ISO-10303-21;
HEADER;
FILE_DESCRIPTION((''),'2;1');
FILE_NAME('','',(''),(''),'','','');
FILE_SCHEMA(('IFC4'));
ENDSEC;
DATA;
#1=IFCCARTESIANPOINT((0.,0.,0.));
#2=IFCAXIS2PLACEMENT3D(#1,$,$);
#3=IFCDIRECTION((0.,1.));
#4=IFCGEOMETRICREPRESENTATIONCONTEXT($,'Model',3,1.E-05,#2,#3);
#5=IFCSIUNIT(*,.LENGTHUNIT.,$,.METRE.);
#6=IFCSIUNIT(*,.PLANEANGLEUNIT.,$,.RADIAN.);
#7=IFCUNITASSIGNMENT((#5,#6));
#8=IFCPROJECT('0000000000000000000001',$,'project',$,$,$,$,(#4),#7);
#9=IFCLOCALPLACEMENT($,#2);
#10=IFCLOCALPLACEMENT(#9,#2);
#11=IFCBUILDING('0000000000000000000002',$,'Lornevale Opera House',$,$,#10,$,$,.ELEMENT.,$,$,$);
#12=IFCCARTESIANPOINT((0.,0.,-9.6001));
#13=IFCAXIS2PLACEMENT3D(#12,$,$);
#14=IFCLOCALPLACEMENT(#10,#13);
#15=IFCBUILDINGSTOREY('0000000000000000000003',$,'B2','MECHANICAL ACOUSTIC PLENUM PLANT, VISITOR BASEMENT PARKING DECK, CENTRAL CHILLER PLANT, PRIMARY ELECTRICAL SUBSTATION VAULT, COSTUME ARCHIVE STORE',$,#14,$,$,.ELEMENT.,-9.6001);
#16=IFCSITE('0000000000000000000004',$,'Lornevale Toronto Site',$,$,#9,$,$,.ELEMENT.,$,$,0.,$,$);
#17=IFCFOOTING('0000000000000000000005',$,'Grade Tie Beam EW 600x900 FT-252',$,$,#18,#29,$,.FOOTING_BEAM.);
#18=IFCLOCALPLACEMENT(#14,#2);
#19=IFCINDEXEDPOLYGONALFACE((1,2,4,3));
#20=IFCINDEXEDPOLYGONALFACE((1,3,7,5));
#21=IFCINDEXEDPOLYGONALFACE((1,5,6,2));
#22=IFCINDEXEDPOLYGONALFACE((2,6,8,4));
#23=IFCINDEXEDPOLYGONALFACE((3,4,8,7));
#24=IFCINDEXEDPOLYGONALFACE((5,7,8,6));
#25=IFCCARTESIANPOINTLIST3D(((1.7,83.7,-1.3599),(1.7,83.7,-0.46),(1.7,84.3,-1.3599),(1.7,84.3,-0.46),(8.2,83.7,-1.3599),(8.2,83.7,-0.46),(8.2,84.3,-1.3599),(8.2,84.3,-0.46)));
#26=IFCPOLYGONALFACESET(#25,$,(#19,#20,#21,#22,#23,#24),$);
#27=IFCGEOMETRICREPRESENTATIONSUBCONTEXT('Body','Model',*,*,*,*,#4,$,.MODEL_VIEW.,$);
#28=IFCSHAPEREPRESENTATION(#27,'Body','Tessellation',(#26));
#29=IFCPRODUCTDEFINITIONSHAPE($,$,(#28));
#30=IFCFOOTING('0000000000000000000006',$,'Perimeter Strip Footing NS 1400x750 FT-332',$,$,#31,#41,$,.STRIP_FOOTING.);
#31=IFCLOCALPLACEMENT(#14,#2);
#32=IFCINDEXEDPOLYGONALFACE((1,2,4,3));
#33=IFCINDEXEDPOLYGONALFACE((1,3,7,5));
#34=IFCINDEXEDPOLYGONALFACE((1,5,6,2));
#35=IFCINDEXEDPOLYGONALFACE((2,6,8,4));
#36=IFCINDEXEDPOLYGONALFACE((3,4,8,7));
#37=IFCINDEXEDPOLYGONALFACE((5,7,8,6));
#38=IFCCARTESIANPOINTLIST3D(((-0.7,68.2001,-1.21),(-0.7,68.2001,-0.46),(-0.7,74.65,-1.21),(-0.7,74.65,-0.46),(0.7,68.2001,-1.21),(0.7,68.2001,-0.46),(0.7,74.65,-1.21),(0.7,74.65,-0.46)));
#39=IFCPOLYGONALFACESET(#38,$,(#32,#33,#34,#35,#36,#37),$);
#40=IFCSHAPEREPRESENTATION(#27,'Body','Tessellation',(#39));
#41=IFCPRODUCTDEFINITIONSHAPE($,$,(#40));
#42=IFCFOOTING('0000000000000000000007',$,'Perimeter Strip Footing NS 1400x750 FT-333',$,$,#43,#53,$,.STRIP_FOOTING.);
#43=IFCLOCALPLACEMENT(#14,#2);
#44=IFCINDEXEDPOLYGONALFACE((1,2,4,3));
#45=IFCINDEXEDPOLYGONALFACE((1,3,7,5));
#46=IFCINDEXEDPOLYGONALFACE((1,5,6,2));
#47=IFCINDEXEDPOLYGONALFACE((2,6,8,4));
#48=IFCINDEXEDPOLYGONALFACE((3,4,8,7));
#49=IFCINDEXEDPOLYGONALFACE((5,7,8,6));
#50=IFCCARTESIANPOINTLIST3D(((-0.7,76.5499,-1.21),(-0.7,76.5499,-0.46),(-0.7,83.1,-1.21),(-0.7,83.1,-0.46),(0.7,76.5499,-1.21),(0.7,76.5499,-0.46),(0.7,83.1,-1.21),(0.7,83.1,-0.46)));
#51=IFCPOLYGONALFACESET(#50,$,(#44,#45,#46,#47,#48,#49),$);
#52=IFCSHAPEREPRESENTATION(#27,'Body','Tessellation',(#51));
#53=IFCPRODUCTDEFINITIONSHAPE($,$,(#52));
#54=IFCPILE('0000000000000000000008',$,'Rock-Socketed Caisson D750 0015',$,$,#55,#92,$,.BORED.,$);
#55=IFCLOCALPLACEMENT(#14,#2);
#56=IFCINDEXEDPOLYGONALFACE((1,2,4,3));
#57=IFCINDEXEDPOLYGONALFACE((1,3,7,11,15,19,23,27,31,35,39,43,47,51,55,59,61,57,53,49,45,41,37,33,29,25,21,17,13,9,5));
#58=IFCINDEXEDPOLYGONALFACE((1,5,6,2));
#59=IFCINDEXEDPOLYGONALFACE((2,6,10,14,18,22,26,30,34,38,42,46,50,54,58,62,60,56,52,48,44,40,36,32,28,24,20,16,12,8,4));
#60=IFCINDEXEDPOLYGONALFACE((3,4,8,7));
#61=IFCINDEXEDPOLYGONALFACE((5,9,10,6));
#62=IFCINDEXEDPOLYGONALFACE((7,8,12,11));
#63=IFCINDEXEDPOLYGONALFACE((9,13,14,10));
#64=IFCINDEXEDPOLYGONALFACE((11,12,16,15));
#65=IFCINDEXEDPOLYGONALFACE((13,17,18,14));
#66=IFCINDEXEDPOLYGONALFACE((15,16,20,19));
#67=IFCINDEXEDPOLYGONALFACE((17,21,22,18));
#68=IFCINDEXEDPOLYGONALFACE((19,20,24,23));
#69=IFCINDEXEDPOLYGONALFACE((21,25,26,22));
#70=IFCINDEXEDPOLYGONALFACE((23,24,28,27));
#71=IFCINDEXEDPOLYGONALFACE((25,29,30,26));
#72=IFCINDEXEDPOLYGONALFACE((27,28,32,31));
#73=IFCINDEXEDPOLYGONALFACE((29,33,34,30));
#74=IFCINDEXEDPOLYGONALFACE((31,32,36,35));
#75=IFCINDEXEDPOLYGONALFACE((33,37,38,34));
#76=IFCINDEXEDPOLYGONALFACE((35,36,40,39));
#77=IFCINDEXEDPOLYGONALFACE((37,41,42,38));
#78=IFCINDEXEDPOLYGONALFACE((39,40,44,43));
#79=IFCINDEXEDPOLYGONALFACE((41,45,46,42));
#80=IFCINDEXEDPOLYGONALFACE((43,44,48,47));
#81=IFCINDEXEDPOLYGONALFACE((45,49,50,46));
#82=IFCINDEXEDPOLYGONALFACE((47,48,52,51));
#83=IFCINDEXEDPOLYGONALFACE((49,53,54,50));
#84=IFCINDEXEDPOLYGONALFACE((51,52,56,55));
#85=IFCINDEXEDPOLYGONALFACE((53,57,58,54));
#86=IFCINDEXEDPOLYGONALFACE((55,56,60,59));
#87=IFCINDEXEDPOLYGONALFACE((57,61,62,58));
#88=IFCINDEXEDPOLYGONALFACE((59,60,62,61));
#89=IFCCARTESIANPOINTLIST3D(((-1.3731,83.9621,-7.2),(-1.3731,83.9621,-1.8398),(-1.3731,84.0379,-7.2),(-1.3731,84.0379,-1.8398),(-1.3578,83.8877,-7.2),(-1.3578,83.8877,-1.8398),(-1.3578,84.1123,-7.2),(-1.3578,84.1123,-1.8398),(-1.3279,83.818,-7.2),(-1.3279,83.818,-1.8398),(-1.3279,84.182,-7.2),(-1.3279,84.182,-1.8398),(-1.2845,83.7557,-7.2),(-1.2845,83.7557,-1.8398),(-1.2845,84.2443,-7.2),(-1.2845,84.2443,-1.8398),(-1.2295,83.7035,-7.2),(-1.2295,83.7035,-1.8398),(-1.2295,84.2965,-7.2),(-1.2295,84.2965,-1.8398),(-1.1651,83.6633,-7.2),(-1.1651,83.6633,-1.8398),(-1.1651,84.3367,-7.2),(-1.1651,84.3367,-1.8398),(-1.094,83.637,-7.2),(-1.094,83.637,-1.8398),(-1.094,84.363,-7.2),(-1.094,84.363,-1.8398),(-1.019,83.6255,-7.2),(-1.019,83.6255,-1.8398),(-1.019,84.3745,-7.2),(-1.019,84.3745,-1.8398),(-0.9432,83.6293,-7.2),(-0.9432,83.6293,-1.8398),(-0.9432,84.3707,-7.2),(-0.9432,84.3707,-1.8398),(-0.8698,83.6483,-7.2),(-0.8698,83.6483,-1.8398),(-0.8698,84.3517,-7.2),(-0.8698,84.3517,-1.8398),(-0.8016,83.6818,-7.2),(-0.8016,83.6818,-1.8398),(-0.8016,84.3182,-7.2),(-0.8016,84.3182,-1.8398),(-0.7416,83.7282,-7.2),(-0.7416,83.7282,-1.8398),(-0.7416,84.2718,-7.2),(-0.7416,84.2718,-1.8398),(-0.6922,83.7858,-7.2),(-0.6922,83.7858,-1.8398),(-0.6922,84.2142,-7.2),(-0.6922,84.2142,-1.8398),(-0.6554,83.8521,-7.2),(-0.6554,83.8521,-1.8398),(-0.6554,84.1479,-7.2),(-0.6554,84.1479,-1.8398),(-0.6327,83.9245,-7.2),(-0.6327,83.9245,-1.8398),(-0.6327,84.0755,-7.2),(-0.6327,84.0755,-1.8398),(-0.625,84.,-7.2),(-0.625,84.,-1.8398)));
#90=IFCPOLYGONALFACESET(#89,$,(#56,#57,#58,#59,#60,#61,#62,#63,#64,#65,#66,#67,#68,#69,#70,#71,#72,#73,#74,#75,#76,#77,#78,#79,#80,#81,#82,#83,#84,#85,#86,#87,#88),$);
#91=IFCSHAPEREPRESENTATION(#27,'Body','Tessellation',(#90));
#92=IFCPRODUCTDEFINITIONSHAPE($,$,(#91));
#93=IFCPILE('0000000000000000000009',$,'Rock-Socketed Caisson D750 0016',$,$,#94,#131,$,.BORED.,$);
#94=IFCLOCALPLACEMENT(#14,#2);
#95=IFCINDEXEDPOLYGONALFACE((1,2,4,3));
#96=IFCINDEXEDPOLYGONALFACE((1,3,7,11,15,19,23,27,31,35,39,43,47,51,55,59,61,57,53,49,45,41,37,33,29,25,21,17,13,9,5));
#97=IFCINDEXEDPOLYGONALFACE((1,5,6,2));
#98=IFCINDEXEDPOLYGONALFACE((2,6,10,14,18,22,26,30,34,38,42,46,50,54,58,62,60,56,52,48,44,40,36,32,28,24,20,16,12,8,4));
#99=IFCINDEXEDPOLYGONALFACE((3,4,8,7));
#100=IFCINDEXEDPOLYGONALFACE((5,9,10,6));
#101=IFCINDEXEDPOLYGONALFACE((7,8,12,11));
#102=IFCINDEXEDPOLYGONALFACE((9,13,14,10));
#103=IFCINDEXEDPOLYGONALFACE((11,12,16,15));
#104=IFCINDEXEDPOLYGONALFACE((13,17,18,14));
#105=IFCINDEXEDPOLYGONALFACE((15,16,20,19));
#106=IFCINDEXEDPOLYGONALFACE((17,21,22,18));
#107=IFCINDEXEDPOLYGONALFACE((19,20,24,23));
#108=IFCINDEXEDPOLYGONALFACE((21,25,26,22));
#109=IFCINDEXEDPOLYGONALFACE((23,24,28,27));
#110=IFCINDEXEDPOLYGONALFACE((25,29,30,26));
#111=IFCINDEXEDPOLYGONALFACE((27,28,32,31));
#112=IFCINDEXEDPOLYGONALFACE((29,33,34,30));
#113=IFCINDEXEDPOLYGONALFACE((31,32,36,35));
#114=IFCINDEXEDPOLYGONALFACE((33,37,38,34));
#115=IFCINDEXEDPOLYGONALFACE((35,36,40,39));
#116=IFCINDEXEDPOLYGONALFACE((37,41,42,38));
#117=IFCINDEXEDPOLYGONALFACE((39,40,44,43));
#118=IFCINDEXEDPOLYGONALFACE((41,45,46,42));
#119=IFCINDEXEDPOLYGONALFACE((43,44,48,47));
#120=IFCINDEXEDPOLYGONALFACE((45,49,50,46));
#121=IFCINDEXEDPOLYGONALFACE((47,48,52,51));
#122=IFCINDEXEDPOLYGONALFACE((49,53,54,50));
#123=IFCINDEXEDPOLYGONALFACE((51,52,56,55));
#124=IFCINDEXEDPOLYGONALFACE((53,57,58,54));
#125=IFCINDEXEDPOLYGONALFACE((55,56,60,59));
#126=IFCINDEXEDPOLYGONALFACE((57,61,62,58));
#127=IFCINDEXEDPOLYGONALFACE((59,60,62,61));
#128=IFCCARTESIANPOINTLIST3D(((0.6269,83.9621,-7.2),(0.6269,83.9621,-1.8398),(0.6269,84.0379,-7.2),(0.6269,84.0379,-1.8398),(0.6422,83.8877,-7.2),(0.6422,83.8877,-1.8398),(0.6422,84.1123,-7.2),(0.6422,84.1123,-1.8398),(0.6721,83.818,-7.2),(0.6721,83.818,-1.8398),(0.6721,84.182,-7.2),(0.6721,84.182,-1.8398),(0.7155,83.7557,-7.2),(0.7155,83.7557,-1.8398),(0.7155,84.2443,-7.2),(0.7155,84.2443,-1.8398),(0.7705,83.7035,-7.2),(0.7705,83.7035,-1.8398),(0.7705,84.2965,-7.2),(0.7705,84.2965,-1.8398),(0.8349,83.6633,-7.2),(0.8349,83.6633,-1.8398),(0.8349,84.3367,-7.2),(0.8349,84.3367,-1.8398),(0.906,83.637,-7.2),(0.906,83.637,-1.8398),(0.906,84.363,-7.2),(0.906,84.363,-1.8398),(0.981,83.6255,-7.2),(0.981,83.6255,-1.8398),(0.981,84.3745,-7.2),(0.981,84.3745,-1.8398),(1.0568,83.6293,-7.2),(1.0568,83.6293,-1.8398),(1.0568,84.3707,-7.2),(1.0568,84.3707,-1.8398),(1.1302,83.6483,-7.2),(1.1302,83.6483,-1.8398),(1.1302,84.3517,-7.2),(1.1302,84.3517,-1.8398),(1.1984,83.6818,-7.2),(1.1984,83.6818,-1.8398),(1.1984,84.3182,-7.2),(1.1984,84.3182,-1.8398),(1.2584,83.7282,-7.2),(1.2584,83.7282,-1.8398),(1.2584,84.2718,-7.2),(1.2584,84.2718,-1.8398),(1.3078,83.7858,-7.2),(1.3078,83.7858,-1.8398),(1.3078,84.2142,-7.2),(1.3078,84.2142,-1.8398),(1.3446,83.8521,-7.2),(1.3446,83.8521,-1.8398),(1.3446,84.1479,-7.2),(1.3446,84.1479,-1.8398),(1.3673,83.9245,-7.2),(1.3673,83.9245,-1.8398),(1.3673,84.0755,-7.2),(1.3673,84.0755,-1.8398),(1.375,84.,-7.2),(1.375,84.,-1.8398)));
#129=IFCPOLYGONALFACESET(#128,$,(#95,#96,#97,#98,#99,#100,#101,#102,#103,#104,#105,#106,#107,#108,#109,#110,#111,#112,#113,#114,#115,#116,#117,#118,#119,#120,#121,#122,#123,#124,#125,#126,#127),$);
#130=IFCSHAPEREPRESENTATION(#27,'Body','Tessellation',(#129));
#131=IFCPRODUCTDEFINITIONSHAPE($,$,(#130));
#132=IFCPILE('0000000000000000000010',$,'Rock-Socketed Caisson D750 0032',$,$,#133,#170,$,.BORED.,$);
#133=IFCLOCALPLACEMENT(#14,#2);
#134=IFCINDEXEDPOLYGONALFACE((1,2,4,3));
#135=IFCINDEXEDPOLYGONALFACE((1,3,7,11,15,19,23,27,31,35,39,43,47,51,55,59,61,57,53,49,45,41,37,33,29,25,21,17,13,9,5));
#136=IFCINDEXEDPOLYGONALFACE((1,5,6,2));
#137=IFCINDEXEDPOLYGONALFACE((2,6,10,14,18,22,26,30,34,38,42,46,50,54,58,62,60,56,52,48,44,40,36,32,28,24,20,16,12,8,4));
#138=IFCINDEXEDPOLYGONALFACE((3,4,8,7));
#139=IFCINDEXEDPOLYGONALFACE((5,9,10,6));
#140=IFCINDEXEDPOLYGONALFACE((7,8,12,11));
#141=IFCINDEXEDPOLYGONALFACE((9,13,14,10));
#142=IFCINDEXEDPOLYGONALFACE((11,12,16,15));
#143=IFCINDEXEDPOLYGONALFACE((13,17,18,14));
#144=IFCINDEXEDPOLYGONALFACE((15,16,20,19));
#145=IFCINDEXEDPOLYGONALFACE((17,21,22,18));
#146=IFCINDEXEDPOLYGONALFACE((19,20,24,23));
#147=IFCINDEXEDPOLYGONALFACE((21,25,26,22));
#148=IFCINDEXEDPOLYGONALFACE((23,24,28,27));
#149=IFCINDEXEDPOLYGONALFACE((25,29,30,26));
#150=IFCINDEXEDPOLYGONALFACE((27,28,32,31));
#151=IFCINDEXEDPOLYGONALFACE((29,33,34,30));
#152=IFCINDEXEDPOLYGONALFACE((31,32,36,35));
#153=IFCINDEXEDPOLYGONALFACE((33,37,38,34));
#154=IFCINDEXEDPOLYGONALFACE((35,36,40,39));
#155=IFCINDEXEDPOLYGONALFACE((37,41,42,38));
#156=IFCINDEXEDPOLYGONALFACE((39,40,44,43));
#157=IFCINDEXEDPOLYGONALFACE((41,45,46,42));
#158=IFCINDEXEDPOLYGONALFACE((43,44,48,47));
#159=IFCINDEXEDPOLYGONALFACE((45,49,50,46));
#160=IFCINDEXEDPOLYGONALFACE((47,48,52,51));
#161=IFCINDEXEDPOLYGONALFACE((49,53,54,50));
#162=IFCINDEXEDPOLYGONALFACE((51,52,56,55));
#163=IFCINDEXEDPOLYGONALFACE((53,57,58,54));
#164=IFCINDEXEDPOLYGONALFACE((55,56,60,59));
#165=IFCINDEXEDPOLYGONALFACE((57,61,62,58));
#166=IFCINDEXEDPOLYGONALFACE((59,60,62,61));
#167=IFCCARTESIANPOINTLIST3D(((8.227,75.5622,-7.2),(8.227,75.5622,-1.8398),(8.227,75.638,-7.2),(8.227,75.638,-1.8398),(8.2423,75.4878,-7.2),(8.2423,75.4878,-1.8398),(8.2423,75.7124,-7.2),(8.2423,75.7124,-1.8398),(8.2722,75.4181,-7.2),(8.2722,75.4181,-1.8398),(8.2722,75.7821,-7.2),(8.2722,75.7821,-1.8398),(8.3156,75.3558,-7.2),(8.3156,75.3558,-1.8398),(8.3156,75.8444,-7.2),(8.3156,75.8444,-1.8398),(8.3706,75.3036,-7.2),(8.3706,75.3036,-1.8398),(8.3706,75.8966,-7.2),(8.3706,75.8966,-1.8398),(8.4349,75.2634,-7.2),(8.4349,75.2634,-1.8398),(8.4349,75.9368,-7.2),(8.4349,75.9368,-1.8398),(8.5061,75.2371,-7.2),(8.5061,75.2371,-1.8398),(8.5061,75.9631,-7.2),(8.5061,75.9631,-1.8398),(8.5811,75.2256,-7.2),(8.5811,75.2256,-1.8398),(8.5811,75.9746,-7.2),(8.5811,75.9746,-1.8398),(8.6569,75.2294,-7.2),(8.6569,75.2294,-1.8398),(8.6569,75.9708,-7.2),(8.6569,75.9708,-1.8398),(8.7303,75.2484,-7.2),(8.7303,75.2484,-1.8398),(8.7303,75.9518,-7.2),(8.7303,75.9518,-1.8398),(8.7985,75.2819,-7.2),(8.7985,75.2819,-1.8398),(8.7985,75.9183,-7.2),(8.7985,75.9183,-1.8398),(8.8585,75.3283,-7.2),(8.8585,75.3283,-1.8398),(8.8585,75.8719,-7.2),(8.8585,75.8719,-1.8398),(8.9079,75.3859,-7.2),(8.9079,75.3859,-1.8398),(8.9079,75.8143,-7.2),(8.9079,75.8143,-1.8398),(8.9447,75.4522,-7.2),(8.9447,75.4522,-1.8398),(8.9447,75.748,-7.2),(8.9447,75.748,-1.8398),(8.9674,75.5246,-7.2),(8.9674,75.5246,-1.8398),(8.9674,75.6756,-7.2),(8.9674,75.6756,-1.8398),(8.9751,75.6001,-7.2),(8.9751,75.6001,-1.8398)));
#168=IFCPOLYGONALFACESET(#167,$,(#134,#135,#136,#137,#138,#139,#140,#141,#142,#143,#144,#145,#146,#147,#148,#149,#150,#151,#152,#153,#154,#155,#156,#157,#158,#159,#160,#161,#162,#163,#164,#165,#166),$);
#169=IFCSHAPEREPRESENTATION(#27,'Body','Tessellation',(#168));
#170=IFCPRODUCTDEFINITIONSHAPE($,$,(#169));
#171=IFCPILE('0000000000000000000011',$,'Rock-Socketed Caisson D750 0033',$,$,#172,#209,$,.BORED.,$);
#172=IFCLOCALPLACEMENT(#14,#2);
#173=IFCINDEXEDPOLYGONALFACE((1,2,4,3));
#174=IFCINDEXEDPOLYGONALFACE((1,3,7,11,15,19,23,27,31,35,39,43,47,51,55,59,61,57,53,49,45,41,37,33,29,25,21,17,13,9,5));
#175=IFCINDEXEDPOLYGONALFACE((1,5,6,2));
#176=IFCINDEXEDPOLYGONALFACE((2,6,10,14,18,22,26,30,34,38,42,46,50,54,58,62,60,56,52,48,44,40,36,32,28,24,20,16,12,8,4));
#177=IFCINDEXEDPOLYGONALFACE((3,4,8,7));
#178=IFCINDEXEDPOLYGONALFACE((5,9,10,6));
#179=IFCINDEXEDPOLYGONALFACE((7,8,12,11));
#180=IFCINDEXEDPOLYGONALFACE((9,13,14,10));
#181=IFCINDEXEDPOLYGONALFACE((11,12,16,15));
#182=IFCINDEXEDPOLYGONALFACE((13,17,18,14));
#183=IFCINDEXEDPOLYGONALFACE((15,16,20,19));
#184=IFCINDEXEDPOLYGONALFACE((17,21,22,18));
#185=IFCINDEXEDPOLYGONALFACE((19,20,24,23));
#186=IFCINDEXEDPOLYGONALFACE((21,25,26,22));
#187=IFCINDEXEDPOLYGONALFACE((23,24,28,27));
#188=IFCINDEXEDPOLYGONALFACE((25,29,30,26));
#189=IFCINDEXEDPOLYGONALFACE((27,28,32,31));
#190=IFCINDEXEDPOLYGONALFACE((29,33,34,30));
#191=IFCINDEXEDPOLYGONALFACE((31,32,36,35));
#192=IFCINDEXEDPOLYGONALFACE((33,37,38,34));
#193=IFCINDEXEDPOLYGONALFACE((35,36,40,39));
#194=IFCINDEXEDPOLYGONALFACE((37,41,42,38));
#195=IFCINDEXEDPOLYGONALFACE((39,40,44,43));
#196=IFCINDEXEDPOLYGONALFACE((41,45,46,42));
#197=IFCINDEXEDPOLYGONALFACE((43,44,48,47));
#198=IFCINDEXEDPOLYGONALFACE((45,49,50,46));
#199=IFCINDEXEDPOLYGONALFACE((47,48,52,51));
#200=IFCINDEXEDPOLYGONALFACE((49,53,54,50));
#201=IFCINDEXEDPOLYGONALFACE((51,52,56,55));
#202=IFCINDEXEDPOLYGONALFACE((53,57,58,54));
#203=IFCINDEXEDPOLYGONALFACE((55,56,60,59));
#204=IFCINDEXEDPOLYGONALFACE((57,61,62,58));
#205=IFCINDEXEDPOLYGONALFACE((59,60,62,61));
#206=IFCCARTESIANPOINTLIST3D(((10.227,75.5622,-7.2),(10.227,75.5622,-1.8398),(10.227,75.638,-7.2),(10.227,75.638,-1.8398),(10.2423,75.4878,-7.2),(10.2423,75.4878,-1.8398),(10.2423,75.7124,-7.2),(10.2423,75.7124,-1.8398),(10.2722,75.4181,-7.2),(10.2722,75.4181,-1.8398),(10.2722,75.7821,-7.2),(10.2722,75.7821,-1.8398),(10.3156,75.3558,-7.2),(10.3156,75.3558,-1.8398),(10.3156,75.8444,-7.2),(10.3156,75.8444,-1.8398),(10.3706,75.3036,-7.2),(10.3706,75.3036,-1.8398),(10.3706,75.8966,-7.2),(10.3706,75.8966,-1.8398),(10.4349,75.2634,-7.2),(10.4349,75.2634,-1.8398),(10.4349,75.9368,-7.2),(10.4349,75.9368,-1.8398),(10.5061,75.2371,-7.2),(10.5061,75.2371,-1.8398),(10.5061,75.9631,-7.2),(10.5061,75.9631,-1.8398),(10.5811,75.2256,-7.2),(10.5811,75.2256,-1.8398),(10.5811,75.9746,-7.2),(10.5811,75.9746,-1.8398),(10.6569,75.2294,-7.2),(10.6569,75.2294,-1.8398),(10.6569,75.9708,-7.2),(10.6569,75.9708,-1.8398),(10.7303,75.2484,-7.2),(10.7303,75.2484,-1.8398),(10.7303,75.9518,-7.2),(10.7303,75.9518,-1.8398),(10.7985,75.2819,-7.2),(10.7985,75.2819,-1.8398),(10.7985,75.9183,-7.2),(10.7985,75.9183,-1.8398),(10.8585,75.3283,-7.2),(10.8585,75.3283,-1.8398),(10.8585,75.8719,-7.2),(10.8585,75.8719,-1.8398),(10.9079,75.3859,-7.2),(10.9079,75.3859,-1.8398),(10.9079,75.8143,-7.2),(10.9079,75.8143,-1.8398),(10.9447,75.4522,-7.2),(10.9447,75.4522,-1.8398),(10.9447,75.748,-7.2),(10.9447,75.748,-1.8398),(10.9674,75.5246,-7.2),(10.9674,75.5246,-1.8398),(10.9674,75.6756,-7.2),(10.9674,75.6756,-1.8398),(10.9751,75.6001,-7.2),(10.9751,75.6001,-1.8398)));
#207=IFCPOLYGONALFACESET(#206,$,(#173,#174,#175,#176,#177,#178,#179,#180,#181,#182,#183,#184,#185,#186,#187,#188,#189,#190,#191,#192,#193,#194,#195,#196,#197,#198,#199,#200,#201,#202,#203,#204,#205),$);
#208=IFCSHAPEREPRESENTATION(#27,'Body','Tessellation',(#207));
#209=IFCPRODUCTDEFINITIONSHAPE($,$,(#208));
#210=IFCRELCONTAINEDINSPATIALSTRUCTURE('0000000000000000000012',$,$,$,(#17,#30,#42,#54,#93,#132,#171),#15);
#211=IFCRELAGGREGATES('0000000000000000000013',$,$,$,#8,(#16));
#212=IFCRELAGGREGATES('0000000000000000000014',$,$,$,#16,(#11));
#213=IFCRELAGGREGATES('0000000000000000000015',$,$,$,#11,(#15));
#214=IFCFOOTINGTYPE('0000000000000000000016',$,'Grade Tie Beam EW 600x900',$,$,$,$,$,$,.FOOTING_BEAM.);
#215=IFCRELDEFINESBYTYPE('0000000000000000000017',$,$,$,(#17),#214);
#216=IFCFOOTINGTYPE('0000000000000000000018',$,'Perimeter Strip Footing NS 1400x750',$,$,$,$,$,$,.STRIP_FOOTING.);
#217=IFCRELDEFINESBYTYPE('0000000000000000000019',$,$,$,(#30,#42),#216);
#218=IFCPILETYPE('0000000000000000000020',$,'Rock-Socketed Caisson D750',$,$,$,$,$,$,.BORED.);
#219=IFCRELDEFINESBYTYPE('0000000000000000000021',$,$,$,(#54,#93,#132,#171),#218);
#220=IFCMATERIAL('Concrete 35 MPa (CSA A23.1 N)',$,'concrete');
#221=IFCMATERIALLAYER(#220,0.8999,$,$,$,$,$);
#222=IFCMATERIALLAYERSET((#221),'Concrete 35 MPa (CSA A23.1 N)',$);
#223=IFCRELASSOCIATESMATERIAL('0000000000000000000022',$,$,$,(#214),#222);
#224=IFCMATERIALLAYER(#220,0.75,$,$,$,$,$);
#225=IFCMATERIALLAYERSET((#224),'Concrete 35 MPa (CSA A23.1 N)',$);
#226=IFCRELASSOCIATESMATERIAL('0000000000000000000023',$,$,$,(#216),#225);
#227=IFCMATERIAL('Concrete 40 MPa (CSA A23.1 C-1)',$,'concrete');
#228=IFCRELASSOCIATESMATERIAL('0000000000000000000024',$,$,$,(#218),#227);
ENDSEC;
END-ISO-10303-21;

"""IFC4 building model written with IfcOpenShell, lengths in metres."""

from ifc_helpers import new_model, si_unit, direction, frame, origin, origin_2d, place, context, subcontext, project, spatial, rectangle, circle, extrude, material, layer, layer_set, material_profile, profile_set, type_object, element, save


model = new_model("IFC4")

# Units and contexts
model_context = context("Model", 3, precision=1e-05, world=origin(), true_north=direction((0.0, 1.0)))
body_context = subcontext(model_context, "Body", "Model", "MODEL_VIEW")
ifc_project = project(units=[si_unit("LENGTHUNIT", "METRE"), si_unit("PLANEANGLEUNIT", "RADIAN")], contexts=[model_context])

# Site, building, storey
site_placement = place(None, origin())
site = spatial("IfcSite", under=ifc_project, at=site_placement, Name="Lornevale Toronto Site", CompositionType="ELEMENT", RefElevation=0.0)
building_placement = place(site_placement, origin())
building = spatial("IfcBuilding", under=site, at=building_placement, Name="Lornevale Opera House", CompositionType="ELEMENT")
storey_placement = place(building_placement, frame((0.0, 0.0, -9.6001)))
storey = spatial("IfcBuildingStorey", under=building, at=storey_placement, Name="B2", Description="MECHANICAL ACOUSTIC PLENUM PLANT, VISITOR BASEMENT PARKING DECK, CENTRAL CHILLER PLANT, PRIMARY ELECTRICAL SUBSTATION VAULT, COSTUME ARCHIVE STORE", CompositionType="ELEMENT", Elevation=-9.6001)

# Footings
ifc_material_1 = material(Name="Concrete 35 MPa (CSA A23.1 N)", Category="concrete")
ifc_layer_1 = layer(ifc_material_1, 0.8999)
ifc_layer_set_1 = layer_set([ifc_layer_1], Name="Concrete 35 MPa (CSA A23.1 N)")
footing_type_1 = type_object("IfcFootingType", Name="Grade Tie Beam EW 600x900", PredefinedType="FOOTING_BEAM", material=ifc_layer_set_1)
footing_1_placement = place(storey_placement, frame((4.95, 84.0, -1.3599), z_axis=(0.0, 0.0, 1.0), x_axis=(1.0, 0.0, 0.0)))
element("IfcFooting", 1, at=footing_1_placement, inside=storey, type_object=footing_type_1, Name="Grade Tie Beam EW 600x900 FT-252", PredefinedType="FOOTING_BEAM", context=body_context, shape_type="SweptSolid", body=[
    extrude(rectangle(XDim=6.5, YDim=0.6001, at=origin_2d()), origin(), (0.0, 0.0, 1.0), 0.8999),
])
ifc_layer_2 = layer(ifc_material_1, 0.75)
ifc_layer_set_2 = layer_set([ifc_layer_2], Name="Concrete 35 MPa (CSA A23.1 N)")
footing_type_2 = type_object("IfcFootingType", Name="Perimeter Strip Footing NS 1400x750", PredefinedType="STRIP_FOOTING", material=ifc_layer_set_2)
footing_2_placement = place(storey_placement, frame((0.0, 71.425, -1.21), z_axis=(0.0, 0.0, 1.0), x_axis=(1.0, 0.0, 0.0)))
element("IfcFooting", 2, at=footing_2_placement, inside=storey, type_object=footing_type_2, Name="Perimeter Strip Footing NS 1400x750 FT-332", PredefinedType="STRIP_FOOTING", context=body_context, shape_type="SweptSolid", body=[
    extrude(rectangle(XDim=1.3999, YDim=6.45, at=origin_2d()), origin(), (0.0, 0.0, 1.0), 0.75),
])
footing_3_placement = place(storey_placement, frame((0.0, 79.825, -1.21), z_axis=(0.0, 0.0, 1.0), x_axis=(1.0, 0.0, 0.0)))
element("IfcFooting", 3, at=footing_3_placement, inside=storey, type_object=footing_type_2, Name="Perimeter Strip Footing NS 1400x750 FT-333", PredefinedType="STRIP_FOOTING", context=body_context, shape_type="SweptSolid", body=[
    extrude(rectangle(XDim=1.3999, YDim=6.55, at=origin_2d()), origin(), (0.0, 0.0, 1.0), 0.75),
])

# Piles
ifc_material_2 = material(Name="Concrete 40 MPa (CSA A23.1 C-1)", Category="concrete")
ifc_material_profile_1 = material_profile(ifc_material_2, circle(Radius=0.375, at=origin_2d()), Name="CAIS750")
ifc_profile_set_1 = profile_set([ifc_material_profile_1], Name="Concrete 40 MPa (CSA A23.1 C-1)")
pile_type_1 = type_object("IfcPileType", Name="Rock-Socketed Caisson D750", PredefinedType="BORED", material=ifc_profile_set_1)
for number, where, z_axis, x_axis, name in (
    (4, (-1.0, 84.0, -1.8398), (0.0, 0.0, -1.0), (1.0, 0.0, 0.0), "Rock-Socketed Caisson D750 0015"),
    (5, (1.0, 84.0, -1.8398), (0.0, 0.0, -1.0), (1.0, 0.0, 0.0), "Rock-Socketed Caisson D750 0016"),
    (6, (8.6001, 75.6001, -1.8398), (0.0, 0.0, -1.0), (1.0, 0.0, 0.0), "Rock-Socketed Caisson D750 0032"),
    (7, (10.6001, 75.6001, -1.8398), (0.0, 0.0, -1.0), (1.0, 0.0, 0.0), "Rock-Socketed Caisson D750 0033"),
):
    element("IfcPile", number, at=place(storey_placement, frame(where, z_axis=z_axis, x_axis=x_axis)), inside=storey, type_object=pile_type_1, Name=name, PredefinedType="BORED", context=body_context, shape_type="SweptSolid", body=[
        extrude(circle(Radius=0.375, at=origin_2d()), origin(), (0.0, 0.0, 1.0), 5.3601),
    ])

save(model, "model.ifc")
